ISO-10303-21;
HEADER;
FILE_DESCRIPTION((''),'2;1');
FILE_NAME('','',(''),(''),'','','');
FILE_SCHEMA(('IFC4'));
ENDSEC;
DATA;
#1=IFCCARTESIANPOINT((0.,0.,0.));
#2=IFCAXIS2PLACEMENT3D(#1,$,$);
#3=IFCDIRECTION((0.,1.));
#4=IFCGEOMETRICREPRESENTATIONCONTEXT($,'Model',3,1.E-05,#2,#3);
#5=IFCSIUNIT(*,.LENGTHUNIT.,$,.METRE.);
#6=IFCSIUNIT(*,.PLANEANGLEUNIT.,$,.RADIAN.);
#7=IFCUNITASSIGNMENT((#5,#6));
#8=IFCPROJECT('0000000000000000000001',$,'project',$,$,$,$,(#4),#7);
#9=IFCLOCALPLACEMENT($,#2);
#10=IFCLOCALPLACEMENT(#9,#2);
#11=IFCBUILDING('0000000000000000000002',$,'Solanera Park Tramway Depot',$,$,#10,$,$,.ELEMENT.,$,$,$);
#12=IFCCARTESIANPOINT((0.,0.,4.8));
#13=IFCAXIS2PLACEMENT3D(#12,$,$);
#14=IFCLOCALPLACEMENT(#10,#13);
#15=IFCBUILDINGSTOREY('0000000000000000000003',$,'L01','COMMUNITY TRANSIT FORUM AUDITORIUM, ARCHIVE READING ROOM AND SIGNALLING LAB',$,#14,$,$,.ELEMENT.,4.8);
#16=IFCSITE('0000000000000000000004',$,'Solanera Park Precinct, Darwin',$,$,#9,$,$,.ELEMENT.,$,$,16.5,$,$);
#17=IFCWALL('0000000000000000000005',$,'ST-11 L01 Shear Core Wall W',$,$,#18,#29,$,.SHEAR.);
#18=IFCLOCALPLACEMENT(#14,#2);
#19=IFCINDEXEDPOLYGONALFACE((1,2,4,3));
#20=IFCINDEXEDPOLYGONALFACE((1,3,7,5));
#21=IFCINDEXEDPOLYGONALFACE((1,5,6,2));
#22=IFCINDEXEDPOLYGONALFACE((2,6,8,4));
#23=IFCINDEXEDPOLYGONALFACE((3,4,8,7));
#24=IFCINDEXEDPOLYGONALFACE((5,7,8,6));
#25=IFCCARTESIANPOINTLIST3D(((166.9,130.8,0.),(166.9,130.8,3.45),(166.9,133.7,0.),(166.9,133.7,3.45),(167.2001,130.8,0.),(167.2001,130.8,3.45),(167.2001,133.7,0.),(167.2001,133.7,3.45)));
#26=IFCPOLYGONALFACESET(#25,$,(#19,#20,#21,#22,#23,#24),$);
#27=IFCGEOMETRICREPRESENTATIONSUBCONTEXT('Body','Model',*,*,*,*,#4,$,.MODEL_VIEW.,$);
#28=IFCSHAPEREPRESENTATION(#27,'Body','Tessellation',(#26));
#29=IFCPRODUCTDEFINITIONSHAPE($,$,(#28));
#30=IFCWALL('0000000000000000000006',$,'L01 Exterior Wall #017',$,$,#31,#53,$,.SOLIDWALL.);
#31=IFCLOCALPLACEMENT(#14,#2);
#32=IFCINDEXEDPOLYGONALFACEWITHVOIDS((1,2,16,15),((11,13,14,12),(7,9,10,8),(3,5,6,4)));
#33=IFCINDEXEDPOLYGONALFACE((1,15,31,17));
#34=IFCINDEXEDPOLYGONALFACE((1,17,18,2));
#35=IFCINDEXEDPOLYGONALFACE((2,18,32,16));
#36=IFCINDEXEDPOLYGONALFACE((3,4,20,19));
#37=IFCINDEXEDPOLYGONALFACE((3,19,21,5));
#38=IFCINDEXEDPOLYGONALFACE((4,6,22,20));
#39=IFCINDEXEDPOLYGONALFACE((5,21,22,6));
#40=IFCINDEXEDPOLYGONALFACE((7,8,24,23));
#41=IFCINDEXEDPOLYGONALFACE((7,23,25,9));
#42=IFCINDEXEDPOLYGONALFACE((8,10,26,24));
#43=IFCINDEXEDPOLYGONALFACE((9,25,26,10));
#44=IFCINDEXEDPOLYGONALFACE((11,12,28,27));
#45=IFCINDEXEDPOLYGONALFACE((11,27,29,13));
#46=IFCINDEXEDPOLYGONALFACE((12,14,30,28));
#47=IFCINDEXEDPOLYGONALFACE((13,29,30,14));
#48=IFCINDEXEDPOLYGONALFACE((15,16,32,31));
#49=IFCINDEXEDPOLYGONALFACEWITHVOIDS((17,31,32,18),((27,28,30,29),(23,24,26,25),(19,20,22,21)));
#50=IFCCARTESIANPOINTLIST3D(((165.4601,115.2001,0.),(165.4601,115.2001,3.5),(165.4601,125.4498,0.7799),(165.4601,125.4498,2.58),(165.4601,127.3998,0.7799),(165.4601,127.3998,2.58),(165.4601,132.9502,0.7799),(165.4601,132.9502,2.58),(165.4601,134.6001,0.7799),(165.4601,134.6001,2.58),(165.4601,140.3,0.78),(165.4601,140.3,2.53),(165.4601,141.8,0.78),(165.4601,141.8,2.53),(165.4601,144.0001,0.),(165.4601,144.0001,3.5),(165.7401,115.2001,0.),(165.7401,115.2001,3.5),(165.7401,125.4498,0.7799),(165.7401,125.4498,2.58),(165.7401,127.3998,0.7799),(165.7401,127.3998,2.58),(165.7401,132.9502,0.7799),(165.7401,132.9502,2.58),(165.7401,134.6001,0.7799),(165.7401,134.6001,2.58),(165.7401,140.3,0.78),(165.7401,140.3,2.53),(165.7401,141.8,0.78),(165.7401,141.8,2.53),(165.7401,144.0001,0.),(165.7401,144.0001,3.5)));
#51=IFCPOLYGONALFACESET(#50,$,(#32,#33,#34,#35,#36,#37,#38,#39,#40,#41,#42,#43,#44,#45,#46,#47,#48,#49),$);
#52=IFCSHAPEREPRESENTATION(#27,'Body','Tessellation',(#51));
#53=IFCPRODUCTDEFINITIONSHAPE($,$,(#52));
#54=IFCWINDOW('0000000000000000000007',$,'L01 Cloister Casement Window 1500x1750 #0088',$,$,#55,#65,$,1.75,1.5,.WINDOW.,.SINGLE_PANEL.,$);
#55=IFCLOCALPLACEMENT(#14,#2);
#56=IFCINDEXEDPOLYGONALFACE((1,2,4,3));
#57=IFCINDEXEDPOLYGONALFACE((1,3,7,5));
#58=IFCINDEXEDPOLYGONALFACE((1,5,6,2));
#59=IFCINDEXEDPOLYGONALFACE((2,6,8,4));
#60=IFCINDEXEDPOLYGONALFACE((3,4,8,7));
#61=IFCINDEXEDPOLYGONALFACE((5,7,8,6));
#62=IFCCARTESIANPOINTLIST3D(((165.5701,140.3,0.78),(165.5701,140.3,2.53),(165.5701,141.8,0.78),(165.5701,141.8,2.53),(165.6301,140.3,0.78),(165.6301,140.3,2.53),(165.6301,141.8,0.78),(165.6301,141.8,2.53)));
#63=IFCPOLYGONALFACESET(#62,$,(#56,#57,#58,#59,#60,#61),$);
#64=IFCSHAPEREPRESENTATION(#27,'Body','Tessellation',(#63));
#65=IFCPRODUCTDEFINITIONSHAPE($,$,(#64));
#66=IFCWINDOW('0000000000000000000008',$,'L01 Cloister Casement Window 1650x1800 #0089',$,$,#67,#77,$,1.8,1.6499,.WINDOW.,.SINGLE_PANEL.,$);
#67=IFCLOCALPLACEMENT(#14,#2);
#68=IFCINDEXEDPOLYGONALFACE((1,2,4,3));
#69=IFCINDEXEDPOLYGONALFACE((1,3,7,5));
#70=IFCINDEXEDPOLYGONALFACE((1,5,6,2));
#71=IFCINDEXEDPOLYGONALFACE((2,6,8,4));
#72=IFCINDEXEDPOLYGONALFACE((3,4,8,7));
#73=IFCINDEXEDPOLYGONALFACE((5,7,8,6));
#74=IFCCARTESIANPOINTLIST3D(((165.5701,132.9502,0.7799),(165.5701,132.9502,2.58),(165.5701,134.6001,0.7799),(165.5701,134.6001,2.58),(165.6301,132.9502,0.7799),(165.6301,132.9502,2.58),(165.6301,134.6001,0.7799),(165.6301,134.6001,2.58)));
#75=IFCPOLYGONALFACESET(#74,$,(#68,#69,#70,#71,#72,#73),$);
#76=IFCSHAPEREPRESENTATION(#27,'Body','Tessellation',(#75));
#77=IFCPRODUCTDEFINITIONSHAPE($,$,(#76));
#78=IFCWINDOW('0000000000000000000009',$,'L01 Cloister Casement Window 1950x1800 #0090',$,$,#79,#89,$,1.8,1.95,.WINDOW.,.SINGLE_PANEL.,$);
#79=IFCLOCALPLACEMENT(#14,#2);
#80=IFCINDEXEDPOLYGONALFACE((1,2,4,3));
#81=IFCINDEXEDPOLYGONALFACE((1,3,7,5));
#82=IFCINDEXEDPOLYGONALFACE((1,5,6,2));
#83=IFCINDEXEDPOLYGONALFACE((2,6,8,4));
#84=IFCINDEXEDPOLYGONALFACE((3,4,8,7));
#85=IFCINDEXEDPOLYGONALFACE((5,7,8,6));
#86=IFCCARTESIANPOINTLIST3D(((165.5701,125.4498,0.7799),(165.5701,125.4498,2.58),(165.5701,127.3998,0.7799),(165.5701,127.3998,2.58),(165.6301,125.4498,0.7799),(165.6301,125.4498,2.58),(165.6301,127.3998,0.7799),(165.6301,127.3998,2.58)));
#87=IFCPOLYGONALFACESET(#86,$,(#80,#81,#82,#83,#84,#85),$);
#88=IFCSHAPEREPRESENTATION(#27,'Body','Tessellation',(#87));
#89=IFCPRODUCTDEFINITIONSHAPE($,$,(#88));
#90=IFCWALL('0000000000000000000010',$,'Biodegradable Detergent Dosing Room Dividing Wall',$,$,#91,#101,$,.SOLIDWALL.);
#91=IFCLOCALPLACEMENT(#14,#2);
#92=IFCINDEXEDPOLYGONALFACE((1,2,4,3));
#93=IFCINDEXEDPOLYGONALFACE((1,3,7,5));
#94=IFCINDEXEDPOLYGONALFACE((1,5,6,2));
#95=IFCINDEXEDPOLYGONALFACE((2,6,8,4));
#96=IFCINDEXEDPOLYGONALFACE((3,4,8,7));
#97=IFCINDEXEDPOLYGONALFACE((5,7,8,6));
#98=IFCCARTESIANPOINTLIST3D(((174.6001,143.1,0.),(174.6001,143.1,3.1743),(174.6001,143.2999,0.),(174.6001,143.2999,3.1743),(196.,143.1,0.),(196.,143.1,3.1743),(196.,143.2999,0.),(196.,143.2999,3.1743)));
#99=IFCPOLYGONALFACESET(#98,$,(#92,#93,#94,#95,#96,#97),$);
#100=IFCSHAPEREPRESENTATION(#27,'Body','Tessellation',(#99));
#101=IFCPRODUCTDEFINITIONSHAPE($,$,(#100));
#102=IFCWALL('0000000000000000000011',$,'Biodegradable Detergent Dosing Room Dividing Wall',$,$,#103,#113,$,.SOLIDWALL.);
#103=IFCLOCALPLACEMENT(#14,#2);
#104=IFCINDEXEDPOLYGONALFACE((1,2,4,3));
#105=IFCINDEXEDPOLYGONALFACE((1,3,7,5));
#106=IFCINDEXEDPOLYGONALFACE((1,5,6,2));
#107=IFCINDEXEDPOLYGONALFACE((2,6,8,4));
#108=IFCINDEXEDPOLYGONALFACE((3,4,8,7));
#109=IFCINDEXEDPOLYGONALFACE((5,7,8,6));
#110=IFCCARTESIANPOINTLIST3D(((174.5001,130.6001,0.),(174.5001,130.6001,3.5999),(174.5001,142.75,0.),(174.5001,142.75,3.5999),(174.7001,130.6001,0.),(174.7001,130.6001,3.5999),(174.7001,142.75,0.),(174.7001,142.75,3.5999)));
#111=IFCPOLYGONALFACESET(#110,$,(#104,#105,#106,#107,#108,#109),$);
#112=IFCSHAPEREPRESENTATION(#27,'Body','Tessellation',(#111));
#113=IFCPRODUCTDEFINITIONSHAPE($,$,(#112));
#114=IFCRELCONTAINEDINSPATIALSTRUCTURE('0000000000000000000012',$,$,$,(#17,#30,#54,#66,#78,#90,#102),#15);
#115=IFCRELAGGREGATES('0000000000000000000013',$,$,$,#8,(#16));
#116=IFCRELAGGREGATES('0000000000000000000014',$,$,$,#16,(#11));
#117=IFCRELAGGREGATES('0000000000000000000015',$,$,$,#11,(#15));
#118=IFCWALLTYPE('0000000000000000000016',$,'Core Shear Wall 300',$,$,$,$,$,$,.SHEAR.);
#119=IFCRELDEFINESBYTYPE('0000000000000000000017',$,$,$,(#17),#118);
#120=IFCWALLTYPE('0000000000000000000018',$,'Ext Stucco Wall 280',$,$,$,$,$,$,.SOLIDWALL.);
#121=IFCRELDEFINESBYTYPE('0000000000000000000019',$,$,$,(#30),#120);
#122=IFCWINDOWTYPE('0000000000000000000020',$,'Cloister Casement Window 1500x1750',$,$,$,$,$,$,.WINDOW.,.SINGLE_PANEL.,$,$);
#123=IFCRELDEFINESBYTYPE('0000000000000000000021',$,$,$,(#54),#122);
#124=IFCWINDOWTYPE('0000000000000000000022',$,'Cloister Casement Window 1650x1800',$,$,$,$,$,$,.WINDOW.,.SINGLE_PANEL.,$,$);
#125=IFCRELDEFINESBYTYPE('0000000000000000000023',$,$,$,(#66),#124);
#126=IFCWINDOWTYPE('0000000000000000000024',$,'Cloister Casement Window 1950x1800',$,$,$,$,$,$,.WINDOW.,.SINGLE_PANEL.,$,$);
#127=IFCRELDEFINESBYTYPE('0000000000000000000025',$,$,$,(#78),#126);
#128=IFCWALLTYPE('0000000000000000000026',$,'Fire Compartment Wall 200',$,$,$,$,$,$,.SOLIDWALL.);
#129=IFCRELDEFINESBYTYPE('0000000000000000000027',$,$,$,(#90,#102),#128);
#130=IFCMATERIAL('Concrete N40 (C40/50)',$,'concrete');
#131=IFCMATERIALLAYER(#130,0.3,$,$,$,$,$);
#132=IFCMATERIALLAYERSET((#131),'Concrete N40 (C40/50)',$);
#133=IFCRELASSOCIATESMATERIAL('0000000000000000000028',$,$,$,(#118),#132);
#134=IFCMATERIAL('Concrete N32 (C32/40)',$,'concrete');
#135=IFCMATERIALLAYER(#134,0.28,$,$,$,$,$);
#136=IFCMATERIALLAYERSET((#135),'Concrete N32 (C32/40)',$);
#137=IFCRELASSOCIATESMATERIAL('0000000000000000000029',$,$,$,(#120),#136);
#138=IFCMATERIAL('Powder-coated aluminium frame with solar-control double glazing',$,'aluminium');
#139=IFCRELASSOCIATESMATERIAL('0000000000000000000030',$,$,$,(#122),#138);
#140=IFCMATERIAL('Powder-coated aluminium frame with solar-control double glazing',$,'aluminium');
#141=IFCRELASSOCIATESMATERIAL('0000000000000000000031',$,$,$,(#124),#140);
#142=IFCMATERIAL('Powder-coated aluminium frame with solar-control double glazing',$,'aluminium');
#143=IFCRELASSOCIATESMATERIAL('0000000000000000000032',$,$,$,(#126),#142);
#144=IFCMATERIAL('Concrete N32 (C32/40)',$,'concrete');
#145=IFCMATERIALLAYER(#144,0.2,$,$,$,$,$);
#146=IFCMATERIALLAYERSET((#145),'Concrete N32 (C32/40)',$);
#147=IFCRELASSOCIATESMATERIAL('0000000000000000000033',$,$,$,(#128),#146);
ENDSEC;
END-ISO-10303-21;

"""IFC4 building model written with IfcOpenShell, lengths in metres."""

from ifc_helpers import new_model, si_unit, direction, frame, frame_2d, origin, place, context, subcontext, project, spatial, rectangle, extrude, material, layer, layer_set, type_object, element, fill, save


model = new_model("IFC4")

# Units and contexts
model_context = context("Model", 3, precision=1e-05, world=origin(), true_north=direction((0.0, 1.0)))
body_context = subcontext(model_context, "Body", "Model", "MODEL_VIEW")
ifc_project = project(units=[si_unit("LENGTHUNIT", "METRE"), si_unit("PLANEANGLEUNIT", "RADIAN")], contexts=[model_context])

# Site, building, storey
site_placement = place(None, origin())
site = spatial("IfcSite", under=ifc_project, at=site_placement, Name="Solanera Park Precinct, Darwin", CompositionType="ELEMENT", RefElevation=16.5)
building_placement = place(site_placement, origin())
building = spatial("IfcBuilding", under=site, at=building_placement, Name="Solanera Park Tramway Depot", CompositionType="ELEMENT")
storey_placement = place(building_placement, frame((0.0, 0.0, 4.8)))
storey = spatial("IfcBuildingStorey", under=building, at=storey_placement, Name="L01", Description="COMMUNITY TRANSIT FORUM AUDITORIUM, ARCHIVE READING ROOM AND SIGNALLING LAB", CompositionType="ELEMENT", Elevation=4.8)

# Shared definitions
ifc_material_1 = material(Name="Concrete N40 (C40/50)", Category="concrete")
ifc_layer_1 = layer(ifc_material_1, 0.3)
ifc_layer_set_1 = layer_set([ifc_layer_1], Name="Concrete N40 (C40/50)")
wall_type_1 = type_object("IfcWallType", Name="Core Shear Wall 300", PredefinedType="SHEAR", material=ifc_layer_set_1)

# Wall
for number, where, z_axis, x_axis, name in (
    (1, (167.05, 133.7, 0.0), (0.0, 0.0, 1.0), (0.0, -1.0, 0.0), "ST-11 L01 Shear Core Wall W"),
):
    element("IfcWall", number, at=place(storey_placement, frame(where, z_axis=z_axis, x_axis=x_axis)), inside=storey, type_object=wall_type_1, Name=name, PredefinedType="SHEAR", context=body_context, shape_type="SweptSolid", body=[
        extrude(rectangle(XDim=2.8999, YDim=0.3, at=frame_2d((1.45, 0.0))), origin(), (0.0, 0.0, 1.0), 3.45),
    ])

# Wall, openings, windows
ifc_material_2 = material(Name="Concrete N32 (C32/40)", Category="concrete")
ifc_layer_2 = layer(ifc_material_2, 0.28)
ifc_layer_set_2 = layer_set([ifc_layer_2], Name="Concrete N32 (C32/40)")
wall_type_2 = type_object("IfcWallType", Name="Ext Stucco Wall 280", PredefinedType="SOLIDWALL", material=ifc_layer_set_2)
wall_1_placement = place(storey_placement, frame((165.6001, 144.0, 0.0), z_axis=(0.0, 0.0, 1.0), x_axis=(0.0, -1.0, 0.0)))
wall_1 = element("IfcWall", 2, at=wall_1_placement, inside=storey, type_object=wall_type_2, Name="L01 Exterior Wall #017", PredefinedType="SOLIDWALL", context=body_context, shape_type="SweptSolid", body=[
    extrude(rectangle(XDim=28.8, YDim=0.28, at=frame_2d((14.3999, 0.0))), origin(), (0.0, 0.0, 1.0), 3.5),
])
opening_1_placement = place(wall_1_placement, frame((2.2, 0.0, 0.78)))
opening_1 = element("IfcOpeningElement", 3, at=opening_1_placement, cuts=wall_1, PredefinedType="OPENING", context=body_context, shape_type="SweptSolid", body=[
    extrude(rectangle(XDim=1.5, YDim=1.75, at=frame_2d((0.75, 0.875))), frame((0.0, 0.1499, 0.0), z_axis=(0.0, -1.0, 0.0), x_axis=(1.0, 0.0, 0.0)), (0.0, 0.0, 1.0), 0.3),
])
opening_2_placement = place(wall_1_placement, frame((9.3999, 0.0, 0.78)))
opening_2 = element("IfcOpeningElement", 4, at=opening_2_placement, cuts=wall_1, PredefinedType="OPENING", context=body_context, shape_type="SweptSolid", body=[
    extrude(rectangle(XDim=1.6499, YDim=1.8, at=frame_2d((0.825, 0.8999))), frame((0.0, 0.1499, 0.0), z_axis=(0.0, -1.0, 0.0), x_axis=(1.0, 0.0, 0.0)), (0.0, 0.0, 1.0), 0.3),
])
opening_3_placement = place(wall_1_placement, frame((16.6001, 0.0, 0.78)))
opening_3 = element("IfcOpeningElement", 5, at=opening_3_placement, cuts=wall_1, PredefinedType="OPENING", context=body_context, shape_type="SweptSolid", body=[
    extrude(rectangle(XDim=1.95, YDim=1.8, at=frame_2d((0.9751, 0.8999))), frame((0.0, 0.1499, 0.0), z_axis=(0.0, -1.0, 0.0), x_axis=(1.0, 0.0, 0.0)), (0.0, 0.0, 1.0), 0.3),
])
ifc_material_3 = material(Name="Powder-coated aluminium frame with solar-control double glazing", Category="aluminium")
window_type_1 = type_object("IfcWindowType", Name="Cloister Casement Window 1500x1750", PartitioningType="SINGLE_PANEL", PredefinedType="WINDOW", material=ifc_material_3)
window_1_placement = place(opening_1_placement, origin())
window_1 = element("IfcWindow", 6, at=window_1_placement, inside=storey, type_object=window_type_1, Name="L01 Cloister Casement Window 1500x1750 #0088", OverallHeight=1.75, OverallWidth=1.5, PartitioningType="SINGLE_PANEL", PredefinedType="WINDOW", context=body_context, shape_type="SweptSolid", body=[
    extrude(rectangle(XDim=1.5, YDim=1.75, at=frame_2d((0.75, 0.875))), frame((0.0, 0.03, 0.0), z_axis=(0.0, -1.0, 0.0), x_axis=(1.0, 0.0, 0.0)), (0.0, 0.0, 1.0), 0.0601),
])
fill(opening_1, window_1)
ifc_material_4 = material(Name="Powder-coated aluminium frame with solar-control double glazing", Category="aluminium")
window_type_2 = type_object("IfcWindowType", Name="Cloister Casement Window 1650x1800", PartitioningType="SINGLE_PANEL", PredefinedType="WINDOW", material=ifc_material_4)
window_2_placement = place(opening_2_placement, origin())
window_2 = element("IfcWindow", 7, at=window_2_placement, inside=storey, type_object=window_type_2, Name="L01 Cloister Casement Window 1650x1800 #0089", OverallHeight=1.8, OverallWidth=1.6499, PartitioningType="SINGLE_PANEL", PredefinedType="WINDOW", context=body_context, shape_type="SweptSolid", body=[
    extrude(rectangle(XDim=1.6499, YDim=1.8, at=frame_2d((0.825, 0.8999))), frame((0.0, 0.03, 0.0), z_axis=(0.0, -1.0, 0.0), x_axis=(1.0, 0.0, 0.0)), (0.0, 0.0, 1.0), 0.0601),
])
fill(opening_2, window_2)
ifc_material_5 = material(Name="Powder-coated aluminium frame with solar-control double glazing", Category="aluminium")
window_type_3 = type_object("IfcWindowType", Name="Cloister Casement Window 1950x1800", PartitioningType="SINGLE_PANEL", PredefinedType="WINDOW", material=ifc_material_5)
window_3_placement = place(opening_3_placement, origin())
window_3 = element("IfcWindow", 8, at=window_3_placement, inside=storey, type_object=window_type_3, Name="L01 Cloister Casement Window 1950x1800 #0090", OverallHeight=1.8, OverallWidth=1.95, PartitioningType="SINGLE_PANEL", PredefinedType="WINDOW", context=body_context, shape_type="SweptSolid", body=[
    extrude(rectangle(XDim=1.95, YDim=1.8, at=frame_2d((0.9751, 0.8999))), frame((0.0, 0.03, 0.0), z_axis=(0.0, -1.0, 0.0), x_axis=(1.0, 0.0, 0.0)), (0.0, 0.0, 1.0), 0.0601),
])
fill(opening_3, window_3)

# Walls
ifc_material_6 = material(Name="Concrete N32 (C32/40)", Category="concrete")
ifc_layer_3 = layer(ifc_material_6, 0.2)
ifc_layer_set_3 = layer_set([ifc_layer_3], Name="Concrete N32 (C32/40)")
wall_type_3 = type_object("IfcWallType", Name="Fire Compartment Wall 200", PredefinedType="SOLIDWALL", material=ifc_layer_set_3)
wall_2_placement = place(storey_placement, frame((174.6001, 143.2, 0.0), z_axis=(0.0, 0.0, 1.0), x_axis=(1.0, 0.0, 0.0)))
element("IfcWall", 9, at=wall_2_placement, inside=storey, type_object=wall_type_3, Name="Biodegradable Detergent Dosing Room Dividing Wall", PredefinedType="SOLIDWALL", context=body_context, shape_type="SweptSolid", body=[
    extrude(rectangle(XDim=21.3999, YDim=0.2, at=frame_2d((10.7, 0.0))), origin(), (0.0, 0.0, 1.0), 3.1743),
])
wall_3_placement = place(storey_placement, frame((174.6001, 142.75, 0.0), z_axis=(0.0, 0.0, 1.0), x_axis=(0.0, -1.0, 0.0)))
element("IfcWall", 10, at=wall_3_placement, inside=storey, type_object=wall_type_3, Name="Biodegradable Detergent Dosing Room Dividing Wall", PredefinedType="SOLIDWALL", context=body_context, shape_type="SweptSolid", body=[
    extrude(rectangle(XDim=12.1499, YDim=0.2, at=frame_2d((6.075, 0.0))), origin(), (0.0, 0.0, 1.0), 3.5999),
])

save(model, "model.ifc")
